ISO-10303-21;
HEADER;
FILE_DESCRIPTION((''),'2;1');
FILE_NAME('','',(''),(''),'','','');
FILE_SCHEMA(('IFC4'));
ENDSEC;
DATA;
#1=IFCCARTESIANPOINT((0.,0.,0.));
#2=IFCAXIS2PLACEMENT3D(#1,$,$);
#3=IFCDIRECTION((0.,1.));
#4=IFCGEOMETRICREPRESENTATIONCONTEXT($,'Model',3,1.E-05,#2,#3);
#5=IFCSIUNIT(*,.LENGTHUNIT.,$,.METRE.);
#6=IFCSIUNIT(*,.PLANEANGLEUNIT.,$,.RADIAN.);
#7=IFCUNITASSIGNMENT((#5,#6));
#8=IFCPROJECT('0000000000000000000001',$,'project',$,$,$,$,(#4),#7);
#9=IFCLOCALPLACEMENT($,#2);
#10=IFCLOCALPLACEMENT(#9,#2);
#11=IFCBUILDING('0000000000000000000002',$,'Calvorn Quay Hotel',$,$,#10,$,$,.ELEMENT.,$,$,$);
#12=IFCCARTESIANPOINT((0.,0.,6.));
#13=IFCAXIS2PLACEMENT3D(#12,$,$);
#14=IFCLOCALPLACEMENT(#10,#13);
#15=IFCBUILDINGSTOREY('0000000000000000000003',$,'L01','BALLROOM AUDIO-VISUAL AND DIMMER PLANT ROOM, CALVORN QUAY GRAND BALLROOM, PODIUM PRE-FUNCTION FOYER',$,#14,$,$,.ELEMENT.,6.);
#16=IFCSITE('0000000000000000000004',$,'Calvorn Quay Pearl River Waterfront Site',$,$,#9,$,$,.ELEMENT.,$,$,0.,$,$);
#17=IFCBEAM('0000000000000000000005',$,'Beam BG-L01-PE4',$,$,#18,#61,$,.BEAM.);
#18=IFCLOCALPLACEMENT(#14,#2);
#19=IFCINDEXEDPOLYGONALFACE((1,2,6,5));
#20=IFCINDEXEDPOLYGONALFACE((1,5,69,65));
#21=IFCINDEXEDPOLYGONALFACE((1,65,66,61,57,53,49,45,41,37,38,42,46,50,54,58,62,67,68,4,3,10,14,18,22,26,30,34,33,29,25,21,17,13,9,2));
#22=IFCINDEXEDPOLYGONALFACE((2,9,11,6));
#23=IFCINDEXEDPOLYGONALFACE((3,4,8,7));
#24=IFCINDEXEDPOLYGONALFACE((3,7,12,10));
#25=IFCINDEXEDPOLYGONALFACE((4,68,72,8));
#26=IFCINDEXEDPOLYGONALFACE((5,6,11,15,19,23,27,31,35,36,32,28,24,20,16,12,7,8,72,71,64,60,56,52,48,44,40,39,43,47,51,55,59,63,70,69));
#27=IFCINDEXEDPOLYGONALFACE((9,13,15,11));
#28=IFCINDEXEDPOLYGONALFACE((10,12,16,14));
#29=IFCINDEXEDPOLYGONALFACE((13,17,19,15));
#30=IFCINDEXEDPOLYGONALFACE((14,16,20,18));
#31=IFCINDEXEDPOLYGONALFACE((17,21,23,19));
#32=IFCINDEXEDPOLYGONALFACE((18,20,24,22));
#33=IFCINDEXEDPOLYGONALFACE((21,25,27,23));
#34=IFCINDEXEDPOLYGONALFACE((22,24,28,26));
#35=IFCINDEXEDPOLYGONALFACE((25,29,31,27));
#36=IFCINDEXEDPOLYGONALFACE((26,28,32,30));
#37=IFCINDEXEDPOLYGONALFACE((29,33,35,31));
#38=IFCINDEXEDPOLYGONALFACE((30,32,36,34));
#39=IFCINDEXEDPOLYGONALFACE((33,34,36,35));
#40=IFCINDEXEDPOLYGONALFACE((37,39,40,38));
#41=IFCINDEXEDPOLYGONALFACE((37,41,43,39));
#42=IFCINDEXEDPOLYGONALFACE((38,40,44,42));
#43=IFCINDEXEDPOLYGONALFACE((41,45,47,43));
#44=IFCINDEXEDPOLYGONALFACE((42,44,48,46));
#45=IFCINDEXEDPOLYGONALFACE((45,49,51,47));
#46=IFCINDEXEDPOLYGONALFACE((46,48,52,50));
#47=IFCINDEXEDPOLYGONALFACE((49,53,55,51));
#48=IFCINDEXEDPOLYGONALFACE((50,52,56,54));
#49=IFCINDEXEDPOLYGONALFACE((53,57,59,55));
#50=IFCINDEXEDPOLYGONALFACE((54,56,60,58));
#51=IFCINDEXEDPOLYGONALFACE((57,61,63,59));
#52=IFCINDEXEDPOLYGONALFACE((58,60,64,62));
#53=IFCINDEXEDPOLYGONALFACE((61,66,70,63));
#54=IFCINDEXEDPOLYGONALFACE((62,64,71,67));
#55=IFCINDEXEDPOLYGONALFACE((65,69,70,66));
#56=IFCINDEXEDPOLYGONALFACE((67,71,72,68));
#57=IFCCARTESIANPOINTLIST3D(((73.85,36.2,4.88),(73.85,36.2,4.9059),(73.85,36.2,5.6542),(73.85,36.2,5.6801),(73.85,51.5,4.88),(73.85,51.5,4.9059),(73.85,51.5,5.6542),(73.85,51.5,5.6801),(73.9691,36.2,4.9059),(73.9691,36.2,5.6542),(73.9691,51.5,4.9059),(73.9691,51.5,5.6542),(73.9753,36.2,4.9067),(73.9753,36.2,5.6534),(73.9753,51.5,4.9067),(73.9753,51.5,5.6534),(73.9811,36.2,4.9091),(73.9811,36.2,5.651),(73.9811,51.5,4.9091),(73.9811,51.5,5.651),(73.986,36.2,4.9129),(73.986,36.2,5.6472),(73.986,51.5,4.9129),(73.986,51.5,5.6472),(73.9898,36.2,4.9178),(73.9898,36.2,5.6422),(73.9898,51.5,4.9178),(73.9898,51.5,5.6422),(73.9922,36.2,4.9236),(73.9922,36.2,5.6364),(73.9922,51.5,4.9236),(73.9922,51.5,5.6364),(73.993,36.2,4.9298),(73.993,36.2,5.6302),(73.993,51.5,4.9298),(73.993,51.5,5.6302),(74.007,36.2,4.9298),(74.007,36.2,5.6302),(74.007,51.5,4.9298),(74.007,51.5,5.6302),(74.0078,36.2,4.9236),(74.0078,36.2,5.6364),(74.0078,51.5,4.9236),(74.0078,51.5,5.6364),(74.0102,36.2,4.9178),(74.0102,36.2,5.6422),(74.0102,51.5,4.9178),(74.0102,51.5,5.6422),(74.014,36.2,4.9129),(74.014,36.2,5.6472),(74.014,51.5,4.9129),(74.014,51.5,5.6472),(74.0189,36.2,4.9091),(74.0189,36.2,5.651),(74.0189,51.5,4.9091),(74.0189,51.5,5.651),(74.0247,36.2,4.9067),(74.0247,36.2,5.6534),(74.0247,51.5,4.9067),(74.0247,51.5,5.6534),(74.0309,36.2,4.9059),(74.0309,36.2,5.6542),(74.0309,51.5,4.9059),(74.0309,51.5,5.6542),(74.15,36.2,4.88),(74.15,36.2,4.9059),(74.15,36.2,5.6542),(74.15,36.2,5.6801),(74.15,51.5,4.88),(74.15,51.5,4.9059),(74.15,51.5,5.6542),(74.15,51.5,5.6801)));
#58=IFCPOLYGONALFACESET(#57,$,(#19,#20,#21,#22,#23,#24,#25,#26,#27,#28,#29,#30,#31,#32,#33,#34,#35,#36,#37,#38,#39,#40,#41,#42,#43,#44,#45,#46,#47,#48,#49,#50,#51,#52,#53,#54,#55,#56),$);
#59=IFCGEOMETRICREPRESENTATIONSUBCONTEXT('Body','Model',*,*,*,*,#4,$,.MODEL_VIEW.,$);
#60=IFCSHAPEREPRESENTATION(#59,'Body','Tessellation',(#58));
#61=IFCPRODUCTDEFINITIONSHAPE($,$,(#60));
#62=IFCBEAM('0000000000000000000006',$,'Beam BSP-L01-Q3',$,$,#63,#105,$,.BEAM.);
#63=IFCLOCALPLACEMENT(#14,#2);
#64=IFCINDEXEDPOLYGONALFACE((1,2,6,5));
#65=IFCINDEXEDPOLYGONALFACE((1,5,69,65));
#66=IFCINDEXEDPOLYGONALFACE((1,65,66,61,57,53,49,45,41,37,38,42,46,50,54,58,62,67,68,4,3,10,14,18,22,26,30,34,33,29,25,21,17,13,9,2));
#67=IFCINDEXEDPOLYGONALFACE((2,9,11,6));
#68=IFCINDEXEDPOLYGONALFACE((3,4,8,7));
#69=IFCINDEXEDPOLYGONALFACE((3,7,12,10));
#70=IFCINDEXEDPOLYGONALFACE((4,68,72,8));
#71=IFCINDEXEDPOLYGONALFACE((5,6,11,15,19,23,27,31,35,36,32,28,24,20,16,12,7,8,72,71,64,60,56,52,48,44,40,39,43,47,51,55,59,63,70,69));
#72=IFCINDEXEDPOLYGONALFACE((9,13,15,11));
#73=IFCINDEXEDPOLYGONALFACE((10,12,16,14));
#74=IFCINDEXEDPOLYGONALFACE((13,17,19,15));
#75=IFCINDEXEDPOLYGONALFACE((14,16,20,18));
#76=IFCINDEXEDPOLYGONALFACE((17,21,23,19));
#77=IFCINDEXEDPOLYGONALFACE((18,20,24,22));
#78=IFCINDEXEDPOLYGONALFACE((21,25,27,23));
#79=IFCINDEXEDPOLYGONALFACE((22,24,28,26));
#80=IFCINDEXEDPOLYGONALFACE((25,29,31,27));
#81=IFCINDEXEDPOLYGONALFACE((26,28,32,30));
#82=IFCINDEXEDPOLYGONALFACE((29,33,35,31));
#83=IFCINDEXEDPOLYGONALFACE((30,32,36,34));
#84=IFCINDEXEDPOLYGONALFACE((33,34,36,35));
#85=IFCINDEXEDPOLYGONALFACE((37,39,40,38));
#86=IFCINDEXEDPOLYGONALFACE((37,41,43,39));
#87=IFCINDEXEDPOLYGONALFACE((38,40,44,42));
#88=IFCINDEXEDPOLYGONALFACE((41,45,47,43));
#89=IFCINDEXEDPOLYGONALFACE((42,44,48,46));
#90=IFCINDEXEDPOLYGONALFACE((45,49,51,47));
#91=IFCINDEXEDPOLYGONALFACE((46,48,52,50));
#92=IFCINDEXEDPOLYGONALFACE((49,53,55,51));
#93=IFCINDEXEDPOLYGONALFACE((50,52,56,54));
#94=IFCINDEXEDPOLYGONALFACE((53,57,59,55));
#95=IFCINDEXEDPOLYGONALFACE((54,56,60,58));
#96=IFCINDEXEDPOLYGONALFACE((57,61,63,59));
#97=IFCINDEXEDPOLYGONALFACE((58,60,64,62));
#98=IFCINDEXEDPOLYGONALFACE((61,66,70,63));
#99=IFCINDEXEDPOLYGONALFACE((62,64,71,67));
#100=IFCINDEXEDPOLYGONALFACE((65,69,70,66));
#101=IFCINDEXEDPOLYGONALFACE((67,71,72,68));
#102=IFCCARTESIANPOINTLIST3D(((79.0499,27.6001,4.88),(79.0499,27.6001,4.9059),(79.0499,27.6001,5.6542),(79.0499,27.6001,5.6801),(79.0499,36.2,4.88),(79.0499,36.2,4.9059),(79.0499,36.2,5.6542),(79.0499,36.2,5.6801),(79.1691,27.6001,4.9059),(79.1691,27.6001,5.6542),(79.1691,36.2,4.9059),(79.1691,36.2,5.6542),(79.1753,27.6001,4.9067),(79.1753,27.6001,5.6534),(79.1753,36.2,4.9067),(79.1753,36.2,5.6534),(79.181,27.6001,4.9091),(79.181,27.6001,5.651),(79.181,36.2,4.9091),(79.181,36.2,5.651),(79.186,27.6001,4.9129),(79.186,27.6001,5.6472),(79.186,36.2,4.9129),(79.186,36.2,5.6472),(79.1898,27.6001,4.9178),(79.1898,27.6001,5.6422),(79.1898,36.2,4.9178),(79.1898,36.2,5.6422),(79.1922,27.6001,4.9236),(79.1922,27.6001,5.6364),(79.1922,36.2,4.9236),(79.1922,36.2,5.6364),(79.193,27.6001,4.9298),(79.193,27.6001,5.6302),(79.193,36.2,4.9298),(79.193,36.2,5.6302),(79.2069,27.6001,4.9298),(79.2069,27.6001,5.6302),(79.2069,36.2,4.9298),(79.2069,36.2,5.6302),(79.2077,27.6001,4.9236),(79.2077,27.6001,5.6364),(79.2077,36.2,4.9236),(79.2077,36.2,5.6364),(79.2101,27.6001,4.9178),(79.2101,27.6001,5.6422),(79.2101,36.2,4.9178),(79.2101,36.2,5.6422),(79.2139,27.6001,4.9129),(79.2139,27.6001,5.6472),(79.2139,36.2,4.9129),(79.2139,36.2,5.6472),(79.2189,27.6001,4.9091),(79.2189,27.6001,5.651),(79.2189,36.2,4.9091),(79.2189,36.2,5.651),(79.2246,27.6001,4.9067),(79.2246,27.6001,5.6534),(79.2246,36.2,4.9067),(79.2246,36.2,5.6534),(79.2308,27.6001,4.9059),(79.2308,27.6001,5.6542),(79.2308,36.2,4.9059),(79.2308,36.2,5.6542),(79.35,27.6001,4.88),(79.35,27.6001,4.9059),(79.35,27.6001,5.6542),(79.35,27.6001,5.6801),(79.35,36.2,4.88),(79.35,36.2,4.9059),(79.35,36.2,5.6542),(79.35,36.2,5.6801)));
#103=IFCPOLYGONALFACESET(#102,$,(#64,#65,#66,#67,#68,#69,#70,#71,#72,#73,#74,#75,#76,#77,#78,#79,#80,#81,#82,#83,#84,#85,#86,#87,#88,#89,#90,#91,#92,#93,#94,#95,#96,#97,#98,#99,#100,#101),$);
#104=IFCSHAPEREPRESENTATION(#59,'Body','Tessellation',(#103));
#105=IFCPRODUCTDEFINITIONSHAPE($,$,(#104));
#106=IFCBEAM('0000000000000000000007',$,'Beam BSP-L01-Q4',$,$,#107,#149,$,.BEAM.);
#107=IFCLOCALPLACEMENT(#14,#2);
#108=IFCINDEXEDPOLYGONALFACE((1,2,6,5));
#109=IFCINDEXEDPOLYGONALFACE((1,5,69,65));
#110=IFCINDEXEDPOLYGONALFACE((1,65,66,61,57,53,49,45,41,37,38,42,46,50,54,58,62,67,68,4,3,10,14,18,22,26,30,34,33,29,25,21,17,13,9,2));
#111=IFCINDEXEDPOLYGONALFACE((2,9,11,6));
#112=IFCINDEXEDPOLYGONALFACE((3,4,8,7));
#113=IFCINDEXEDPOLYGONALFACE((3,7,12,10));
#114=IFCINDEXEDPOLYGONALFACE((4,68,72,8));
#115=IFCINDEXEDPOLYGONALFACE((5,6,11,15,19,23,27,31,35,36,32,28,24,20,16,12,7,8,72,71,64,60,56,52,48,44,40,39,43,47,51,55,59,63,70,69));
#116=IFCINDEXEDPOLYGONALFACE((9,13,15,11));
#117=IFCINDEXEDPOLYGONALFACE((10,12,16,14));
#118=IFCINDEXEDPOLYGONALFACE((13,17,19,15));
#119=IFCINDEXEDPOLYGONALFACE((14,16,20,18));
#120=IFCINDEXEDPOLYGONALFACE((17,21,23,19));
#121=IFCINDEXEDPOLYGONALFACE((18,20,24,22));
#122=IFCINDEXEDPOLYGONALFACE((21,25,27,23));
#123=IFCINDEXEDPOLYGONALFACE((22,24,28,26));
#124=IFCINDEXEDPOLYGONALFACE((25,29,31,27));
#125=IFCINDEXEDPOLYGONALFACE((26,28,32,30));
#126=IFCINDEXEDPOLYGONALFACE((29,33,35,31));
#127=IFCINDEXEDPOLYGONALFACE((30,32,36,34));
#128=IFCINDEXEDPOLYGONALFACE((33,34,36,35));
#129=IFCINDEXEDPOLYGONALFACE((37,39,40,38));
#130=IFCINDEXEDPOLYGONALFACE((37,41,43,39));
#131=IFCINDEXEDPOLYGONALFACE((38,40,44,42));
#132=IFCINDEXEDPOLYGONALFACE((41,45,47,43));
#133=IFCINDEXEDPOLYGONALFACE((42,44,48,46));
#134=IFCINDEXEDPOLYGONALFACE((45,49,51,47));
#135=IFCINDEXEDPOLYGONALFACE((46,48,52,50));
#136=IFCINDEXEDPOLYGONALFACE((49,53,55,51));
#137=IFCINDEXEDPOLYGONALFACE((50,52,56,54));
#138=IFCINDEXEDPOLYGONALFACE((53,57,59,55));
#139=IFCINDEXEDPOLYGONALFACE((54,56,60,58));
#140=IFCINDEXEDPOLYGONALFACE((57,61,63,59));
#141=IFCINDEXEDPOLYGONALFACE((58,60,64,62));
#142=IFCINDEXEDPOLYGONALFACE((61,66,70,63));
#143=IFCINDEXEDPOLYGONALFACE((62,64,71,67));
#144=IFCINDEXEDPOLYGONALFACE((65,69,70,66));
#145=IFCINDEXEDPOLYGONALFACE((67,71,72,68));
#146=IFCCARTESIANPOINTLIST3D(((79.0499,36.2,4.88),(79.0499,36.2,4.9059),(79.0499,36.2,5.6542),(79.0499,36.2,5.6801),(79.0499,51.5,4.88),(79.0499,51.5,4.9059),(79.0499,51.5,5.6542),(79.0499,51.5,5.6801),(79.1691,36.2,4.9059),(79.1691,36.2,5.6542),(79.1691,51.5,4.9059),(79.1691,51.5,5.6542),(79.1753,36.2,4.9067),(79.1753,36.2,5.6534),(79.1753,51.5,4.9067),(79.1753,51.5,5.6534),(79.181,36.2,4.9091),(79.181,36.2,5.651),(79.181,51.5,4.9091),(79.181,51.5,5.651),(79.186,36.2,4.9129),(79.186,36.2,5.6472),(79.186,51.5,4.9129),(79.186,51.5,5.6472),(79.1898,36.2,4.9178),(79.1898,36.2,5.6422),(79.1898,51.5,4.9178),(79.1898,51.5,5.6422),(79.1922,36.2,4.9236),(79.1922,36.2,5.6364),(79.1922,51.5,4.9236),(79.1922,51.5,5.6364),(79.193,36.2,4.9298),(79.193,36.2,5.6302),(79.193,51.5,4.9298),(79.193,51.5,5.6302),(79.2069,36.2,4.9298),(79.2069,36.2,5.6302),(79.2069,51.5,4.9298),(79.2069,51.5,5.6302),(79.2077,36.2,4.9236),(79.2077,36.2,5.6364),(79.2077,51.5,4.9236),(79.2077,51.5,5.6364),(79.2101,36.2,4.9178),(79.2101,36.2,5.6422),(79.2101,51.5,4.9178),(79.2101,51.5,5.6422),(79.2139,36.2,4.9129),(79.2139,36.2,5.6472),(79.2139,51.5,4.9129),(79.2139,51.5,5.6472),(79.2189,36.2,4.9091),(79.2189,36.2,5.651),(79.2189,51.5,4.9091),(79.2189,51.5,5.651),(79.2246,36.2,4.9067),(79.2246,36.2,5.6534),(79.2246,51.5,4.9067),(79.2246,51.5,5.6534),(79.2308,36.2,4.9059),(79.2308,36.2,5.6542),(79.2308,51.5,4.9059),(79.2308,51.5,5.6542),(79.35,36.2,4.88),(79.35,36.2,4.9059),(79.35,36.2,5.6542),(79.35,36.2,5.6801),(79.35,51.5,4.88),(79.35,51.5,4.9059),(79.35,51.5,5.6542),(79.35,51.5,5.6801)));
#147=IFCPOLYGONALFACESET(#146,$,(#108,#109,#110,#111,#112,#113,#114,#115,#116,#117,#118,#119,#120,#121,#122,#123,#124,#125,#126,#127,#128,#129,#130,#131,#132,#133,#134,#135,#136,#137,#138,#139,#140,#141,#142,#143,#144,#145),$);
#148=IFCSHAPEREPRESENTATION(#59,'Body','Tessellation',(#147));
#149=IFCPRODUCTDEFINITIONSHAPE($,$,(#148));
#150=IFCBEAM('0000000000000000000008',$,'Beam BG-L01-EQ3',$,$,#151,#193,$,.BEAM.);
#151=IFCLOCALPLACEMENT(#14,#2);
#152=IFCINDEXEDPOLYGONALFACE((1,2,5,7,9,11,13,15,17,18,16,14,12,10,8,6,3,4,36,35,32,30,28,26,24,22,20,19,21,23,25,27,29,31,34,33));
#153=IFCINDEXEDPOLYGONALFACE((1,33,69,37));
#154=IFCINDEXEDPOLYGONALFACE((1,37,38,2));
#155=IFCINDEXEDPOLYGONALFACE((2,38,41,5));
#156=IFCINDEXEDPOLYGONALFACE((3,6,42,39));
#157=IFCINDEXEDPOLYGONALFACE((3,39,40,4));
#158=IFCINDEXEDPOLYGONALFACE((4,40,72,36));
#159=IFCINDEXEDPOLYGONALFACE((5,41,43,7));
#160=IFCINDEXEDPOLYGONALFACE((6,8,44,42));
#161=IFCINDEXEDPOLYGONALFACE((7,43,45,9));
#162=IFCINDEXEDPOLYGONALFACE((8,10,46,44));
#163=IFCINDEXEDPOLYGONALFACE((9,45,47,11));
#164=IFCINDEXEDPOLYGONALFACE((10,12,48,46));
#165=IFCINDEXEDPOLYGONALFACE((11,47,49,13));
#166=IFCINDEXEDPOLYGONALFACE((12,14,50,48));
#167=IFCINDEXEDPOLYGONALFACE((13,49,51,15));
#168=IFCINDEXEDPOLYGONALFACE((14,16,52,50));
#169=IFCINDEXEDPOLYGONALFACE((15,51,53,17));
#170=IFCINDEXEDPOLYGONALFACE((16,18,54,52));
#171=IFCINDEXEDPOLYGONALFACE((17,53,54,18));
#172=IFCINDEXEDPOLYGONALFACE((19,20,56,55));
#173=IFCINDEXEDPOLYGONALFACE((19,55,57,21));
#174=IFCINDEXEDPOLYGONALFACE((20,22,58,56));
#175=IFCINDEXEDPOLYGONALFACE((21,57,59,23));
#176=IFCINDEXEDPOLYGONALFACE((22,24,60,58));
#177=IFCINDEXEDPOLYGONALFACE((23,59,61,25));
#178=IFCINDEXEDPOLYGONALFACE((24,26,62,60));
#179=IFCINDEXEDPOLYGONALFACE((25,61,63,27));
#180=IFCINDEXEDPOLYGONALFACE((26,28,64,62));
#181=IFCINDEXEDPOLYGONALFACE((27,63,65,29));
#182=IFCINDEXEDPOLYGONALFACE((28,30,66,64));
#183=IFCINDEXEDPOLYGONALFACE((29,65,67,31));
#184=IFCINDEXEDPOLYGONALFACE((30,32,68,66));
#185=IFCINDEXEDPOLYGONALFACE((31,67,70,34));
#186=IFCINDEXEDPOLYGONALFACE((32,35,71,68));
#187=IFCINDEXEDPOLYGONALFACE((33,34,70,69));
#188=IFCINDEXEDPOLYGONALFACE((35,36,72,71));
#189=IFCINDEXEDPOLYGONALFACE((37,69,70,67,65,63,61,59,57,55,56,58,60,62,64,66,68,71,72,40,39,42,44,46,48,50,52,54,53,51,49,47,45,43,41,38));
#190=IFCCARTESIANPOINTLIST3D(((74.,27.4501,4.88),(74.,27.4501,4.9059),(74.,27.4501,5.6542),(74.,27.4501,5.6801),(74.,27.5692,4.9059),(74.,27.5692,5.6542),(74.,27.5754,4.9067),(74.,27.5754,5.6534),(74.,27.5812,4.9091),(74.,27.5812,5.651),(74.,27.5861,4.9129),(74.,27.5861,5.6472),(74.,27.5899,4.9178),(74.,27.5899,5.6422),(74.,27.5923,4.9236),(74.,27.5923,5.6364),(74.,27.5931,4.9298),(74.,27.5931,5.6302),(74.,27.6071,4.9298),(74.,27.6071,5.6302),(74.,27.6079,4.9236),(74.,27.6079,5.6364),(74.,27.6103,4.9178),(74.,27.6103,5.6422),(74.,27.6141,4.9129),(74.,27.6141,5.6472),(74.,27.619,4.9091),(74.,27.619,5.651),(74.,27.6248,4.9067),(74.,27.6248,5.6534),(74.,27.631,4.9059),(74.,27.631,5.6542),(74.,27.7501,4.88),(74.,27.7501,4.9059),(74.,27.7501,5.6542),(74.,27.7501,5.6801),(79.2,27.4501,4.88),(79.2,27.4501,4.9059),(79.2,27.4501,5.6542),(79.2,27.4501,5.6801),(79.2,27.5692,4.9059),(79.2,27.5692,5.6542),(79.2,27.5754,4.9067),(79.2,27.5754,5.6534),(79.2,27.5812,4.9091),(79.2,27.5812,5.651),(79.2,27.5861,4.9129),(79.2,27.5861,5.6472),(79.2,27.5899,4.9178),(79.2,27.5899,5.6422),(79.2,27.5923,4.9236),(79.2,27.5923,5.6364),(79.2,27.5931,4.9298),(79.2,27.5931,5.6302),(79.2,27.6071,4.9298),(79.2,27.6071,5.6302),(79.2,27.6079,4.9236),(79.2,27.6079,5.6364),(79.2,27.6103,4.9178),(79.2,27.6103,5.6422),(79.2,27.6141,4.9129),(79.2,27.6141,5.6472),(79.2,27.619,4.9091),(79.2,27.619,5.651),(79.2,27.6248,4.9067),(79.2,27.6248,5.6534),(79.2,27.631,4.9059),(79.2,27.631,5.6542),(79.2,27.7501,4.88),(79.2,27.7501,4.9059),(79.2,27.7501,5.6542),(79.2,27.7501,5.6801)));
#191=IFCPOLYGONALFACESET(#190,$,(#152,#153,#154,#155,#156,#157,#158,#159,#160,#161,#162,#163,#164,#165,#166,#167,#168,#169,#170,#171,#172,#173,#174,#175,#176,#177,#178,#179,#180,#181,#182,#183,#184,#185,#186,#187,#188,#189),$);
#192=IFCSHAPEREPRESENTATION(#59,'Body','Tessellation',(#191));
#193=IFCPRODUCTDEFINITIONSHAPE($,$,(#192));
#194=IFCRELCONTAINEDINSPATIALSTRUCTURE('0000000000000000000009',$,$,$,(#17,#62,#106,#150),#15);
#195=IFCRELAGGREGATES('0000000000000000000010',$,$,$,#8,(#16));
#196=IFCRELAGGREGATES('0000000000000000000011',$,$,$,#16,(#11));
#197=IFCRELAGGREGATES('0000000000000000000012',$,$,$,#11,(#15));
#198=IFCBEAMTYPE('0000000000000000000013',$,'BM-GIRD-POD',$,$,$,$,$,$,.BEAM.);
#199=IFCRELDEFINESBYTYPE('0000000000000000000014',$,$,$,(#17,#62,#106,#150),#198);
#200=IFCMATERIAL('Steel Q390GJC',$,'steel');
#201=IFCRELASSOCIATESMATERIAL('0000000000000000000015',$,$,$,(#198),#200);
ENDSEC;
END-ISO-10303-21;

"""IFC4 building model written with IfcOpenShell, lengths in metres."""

from ifc_helpers import new_model, si_unit, direction, frame, origin, origin_2d, place, context, subcontext, project, spatial, i_section, extrude, material, material_profile, profile_set, type_object, element, save


model = new_model("IFC4")

# Units and contexts
model_context = context("Model", 3, precision=1e-05, world=origin(), true_north=direction((0.0, 1.0)))
body_context = subcontext(model_context, "Body", "Model", "MODEL_VIEW")
ifc_project = project(units=[si_unit("LENGTHUNIT", "METRE"), si_unit("PLANEANGLEUNIT", "RADIAN")], contexts=[model_context])

# Site, building, storey
site_placement = place(None, origin())
site = spatial("IfcSite", under=ifc_project, at=site_placement, Name="Calvorn Quay Pearl River Waterfront Site", CompositionType="ELEMENT", RefElevation=0.0)
building_placement = place(site_placement, origin())
building = spatial("IfcBuilding", under=site, at=building_placement, Name="Calvorn Quay Hotel", CompositionType="ELEMENT")
storey_placement = place(building_placement, frame((0.0, 0.0, 6.0)))
storey = spatial("IfcBuildingStorey", under=building, at=storey_placement, Name="L01", Description="BALLROOM AUDIO-VISUAL AND DIMMER PLANT ROOM, CALVORN QUAY GRAND BALLROOM, PODIUM PRE-FUNCTION FOYER", CompositionType="ELEMENT", Elevation=6.0)

# Beams
ifc_material_1 = material(Name="Steel Q390GJC", Category="steel")
ifc_material_profile_1 = material_profile(ifc_material_1, i_section(OverallWidth=0.3, OverallDepth=0.8, WebThickness=0.0139, FlangeThickness=0.0259, FilletRadius=0.0239, at=origin_2d()), Name="HN800x300x14x26")
ifc_profile_set_1 = profile_set([ifc_material_profile_1], Name="Steel Q390GJC")
beam_type = type_object("IfcBeamType", Name="BM-GIRD-POD", PredefinedType="BEAM", material=ifc_profile_set_1)
beam_1_placement = place(storey_placement, frame((74.0, 36.2, 5.28), z_axis=(0.0, 1.0, 0.0), x_axis=(-1.0, 0.0, 0.0)))
element("IfcBeam", 1, at=beam_1_placement, inside=storey, type_object=beam_type, Name="Beam BG-L01-PE4", PredefinedType="BEAM", context=body_context, shape_type="SweptSolid", body=[
    extrude(i_section(OverallWidth=0.3, OverallDepth=0.8, WebThickness=0.0139, FlangeThickness=0.0259, FilletRadius=0.0239, at=origin_2d()), origin(), (0.0, 0.0, 1.0), 15.3),
])
beam_2_placement = place(storey_placement, frame((79.2, 27.6001, 5.28), z_axis=(0.0, 1.0, 0.0), x_axis=(-1.0, 0.0, 0.0)))
element("IfcBeam", 2, at=beam_2_placement, inside=storey, type_object=beam_type, Name="Beam BSP-L01-Q3", PredefinedType="BEAM", context=body_context, shape_type="SweptSolid", body=[
    extrude(i_section(OverallWidth=0.3, OverallDepth=0.8, WebThickness=0.0139, FlangeThickness=0.0259, FilletRadius=0.0239, at=origin_2d()), origin(), (0.0, 0.0, 1.0), 8.5999),
])
beam_3_placement = place(storey_placement, frame((79.2, 36.2, 5.28), z_axis=(0.0, 1.0, 0.0), x_axis=(-1.0, 0.0, 0.0)))
element("IfcBeam", 3, at=beam_3_placement, inside=storey, type_object=beam_type, Name="Beam BSP-L01-Q4", PredefinedType="BEAM", context=body_context, shape_type="SweptSolid", body=[
    extrude(i_section(OverallWidth=0.3, OverallDepth=0.8, WebThickness=0.0139, FlangeThickness=0.0259, FilletRadius=0.0239, at=origin_2d()), origin(), (0.0, 0.0, 1.0), 15.3),
])
for number, where, z_axis, x_axis, name in (
    (4, (74.0, 27.6001, 5.28), (1.0, 0.0, 0.0), (0.0, 1.0, 0.0), "Beam BG-L01-EQ3"),
):
    element("IfcBeam", number, at=place(storey_placement, frame(where, z_axis=z_axis, x_axis=x_axis)), inside=storey, type_object=beam_type, Name=name, PredefinedType="BEAM", context=body_context, shape_type="SweptSolid", body=[
        extrude(i_section(OverallWidth=0.3, OverallDepth=0.8, WebThickness=0.0139, FlangeThickness=0.0259, FilletRadius=0.0239, at=origin_2d()), origin(), (0.0, 0.0, 1.0), 5.2),
    ])

save(model, "model.ifc")
